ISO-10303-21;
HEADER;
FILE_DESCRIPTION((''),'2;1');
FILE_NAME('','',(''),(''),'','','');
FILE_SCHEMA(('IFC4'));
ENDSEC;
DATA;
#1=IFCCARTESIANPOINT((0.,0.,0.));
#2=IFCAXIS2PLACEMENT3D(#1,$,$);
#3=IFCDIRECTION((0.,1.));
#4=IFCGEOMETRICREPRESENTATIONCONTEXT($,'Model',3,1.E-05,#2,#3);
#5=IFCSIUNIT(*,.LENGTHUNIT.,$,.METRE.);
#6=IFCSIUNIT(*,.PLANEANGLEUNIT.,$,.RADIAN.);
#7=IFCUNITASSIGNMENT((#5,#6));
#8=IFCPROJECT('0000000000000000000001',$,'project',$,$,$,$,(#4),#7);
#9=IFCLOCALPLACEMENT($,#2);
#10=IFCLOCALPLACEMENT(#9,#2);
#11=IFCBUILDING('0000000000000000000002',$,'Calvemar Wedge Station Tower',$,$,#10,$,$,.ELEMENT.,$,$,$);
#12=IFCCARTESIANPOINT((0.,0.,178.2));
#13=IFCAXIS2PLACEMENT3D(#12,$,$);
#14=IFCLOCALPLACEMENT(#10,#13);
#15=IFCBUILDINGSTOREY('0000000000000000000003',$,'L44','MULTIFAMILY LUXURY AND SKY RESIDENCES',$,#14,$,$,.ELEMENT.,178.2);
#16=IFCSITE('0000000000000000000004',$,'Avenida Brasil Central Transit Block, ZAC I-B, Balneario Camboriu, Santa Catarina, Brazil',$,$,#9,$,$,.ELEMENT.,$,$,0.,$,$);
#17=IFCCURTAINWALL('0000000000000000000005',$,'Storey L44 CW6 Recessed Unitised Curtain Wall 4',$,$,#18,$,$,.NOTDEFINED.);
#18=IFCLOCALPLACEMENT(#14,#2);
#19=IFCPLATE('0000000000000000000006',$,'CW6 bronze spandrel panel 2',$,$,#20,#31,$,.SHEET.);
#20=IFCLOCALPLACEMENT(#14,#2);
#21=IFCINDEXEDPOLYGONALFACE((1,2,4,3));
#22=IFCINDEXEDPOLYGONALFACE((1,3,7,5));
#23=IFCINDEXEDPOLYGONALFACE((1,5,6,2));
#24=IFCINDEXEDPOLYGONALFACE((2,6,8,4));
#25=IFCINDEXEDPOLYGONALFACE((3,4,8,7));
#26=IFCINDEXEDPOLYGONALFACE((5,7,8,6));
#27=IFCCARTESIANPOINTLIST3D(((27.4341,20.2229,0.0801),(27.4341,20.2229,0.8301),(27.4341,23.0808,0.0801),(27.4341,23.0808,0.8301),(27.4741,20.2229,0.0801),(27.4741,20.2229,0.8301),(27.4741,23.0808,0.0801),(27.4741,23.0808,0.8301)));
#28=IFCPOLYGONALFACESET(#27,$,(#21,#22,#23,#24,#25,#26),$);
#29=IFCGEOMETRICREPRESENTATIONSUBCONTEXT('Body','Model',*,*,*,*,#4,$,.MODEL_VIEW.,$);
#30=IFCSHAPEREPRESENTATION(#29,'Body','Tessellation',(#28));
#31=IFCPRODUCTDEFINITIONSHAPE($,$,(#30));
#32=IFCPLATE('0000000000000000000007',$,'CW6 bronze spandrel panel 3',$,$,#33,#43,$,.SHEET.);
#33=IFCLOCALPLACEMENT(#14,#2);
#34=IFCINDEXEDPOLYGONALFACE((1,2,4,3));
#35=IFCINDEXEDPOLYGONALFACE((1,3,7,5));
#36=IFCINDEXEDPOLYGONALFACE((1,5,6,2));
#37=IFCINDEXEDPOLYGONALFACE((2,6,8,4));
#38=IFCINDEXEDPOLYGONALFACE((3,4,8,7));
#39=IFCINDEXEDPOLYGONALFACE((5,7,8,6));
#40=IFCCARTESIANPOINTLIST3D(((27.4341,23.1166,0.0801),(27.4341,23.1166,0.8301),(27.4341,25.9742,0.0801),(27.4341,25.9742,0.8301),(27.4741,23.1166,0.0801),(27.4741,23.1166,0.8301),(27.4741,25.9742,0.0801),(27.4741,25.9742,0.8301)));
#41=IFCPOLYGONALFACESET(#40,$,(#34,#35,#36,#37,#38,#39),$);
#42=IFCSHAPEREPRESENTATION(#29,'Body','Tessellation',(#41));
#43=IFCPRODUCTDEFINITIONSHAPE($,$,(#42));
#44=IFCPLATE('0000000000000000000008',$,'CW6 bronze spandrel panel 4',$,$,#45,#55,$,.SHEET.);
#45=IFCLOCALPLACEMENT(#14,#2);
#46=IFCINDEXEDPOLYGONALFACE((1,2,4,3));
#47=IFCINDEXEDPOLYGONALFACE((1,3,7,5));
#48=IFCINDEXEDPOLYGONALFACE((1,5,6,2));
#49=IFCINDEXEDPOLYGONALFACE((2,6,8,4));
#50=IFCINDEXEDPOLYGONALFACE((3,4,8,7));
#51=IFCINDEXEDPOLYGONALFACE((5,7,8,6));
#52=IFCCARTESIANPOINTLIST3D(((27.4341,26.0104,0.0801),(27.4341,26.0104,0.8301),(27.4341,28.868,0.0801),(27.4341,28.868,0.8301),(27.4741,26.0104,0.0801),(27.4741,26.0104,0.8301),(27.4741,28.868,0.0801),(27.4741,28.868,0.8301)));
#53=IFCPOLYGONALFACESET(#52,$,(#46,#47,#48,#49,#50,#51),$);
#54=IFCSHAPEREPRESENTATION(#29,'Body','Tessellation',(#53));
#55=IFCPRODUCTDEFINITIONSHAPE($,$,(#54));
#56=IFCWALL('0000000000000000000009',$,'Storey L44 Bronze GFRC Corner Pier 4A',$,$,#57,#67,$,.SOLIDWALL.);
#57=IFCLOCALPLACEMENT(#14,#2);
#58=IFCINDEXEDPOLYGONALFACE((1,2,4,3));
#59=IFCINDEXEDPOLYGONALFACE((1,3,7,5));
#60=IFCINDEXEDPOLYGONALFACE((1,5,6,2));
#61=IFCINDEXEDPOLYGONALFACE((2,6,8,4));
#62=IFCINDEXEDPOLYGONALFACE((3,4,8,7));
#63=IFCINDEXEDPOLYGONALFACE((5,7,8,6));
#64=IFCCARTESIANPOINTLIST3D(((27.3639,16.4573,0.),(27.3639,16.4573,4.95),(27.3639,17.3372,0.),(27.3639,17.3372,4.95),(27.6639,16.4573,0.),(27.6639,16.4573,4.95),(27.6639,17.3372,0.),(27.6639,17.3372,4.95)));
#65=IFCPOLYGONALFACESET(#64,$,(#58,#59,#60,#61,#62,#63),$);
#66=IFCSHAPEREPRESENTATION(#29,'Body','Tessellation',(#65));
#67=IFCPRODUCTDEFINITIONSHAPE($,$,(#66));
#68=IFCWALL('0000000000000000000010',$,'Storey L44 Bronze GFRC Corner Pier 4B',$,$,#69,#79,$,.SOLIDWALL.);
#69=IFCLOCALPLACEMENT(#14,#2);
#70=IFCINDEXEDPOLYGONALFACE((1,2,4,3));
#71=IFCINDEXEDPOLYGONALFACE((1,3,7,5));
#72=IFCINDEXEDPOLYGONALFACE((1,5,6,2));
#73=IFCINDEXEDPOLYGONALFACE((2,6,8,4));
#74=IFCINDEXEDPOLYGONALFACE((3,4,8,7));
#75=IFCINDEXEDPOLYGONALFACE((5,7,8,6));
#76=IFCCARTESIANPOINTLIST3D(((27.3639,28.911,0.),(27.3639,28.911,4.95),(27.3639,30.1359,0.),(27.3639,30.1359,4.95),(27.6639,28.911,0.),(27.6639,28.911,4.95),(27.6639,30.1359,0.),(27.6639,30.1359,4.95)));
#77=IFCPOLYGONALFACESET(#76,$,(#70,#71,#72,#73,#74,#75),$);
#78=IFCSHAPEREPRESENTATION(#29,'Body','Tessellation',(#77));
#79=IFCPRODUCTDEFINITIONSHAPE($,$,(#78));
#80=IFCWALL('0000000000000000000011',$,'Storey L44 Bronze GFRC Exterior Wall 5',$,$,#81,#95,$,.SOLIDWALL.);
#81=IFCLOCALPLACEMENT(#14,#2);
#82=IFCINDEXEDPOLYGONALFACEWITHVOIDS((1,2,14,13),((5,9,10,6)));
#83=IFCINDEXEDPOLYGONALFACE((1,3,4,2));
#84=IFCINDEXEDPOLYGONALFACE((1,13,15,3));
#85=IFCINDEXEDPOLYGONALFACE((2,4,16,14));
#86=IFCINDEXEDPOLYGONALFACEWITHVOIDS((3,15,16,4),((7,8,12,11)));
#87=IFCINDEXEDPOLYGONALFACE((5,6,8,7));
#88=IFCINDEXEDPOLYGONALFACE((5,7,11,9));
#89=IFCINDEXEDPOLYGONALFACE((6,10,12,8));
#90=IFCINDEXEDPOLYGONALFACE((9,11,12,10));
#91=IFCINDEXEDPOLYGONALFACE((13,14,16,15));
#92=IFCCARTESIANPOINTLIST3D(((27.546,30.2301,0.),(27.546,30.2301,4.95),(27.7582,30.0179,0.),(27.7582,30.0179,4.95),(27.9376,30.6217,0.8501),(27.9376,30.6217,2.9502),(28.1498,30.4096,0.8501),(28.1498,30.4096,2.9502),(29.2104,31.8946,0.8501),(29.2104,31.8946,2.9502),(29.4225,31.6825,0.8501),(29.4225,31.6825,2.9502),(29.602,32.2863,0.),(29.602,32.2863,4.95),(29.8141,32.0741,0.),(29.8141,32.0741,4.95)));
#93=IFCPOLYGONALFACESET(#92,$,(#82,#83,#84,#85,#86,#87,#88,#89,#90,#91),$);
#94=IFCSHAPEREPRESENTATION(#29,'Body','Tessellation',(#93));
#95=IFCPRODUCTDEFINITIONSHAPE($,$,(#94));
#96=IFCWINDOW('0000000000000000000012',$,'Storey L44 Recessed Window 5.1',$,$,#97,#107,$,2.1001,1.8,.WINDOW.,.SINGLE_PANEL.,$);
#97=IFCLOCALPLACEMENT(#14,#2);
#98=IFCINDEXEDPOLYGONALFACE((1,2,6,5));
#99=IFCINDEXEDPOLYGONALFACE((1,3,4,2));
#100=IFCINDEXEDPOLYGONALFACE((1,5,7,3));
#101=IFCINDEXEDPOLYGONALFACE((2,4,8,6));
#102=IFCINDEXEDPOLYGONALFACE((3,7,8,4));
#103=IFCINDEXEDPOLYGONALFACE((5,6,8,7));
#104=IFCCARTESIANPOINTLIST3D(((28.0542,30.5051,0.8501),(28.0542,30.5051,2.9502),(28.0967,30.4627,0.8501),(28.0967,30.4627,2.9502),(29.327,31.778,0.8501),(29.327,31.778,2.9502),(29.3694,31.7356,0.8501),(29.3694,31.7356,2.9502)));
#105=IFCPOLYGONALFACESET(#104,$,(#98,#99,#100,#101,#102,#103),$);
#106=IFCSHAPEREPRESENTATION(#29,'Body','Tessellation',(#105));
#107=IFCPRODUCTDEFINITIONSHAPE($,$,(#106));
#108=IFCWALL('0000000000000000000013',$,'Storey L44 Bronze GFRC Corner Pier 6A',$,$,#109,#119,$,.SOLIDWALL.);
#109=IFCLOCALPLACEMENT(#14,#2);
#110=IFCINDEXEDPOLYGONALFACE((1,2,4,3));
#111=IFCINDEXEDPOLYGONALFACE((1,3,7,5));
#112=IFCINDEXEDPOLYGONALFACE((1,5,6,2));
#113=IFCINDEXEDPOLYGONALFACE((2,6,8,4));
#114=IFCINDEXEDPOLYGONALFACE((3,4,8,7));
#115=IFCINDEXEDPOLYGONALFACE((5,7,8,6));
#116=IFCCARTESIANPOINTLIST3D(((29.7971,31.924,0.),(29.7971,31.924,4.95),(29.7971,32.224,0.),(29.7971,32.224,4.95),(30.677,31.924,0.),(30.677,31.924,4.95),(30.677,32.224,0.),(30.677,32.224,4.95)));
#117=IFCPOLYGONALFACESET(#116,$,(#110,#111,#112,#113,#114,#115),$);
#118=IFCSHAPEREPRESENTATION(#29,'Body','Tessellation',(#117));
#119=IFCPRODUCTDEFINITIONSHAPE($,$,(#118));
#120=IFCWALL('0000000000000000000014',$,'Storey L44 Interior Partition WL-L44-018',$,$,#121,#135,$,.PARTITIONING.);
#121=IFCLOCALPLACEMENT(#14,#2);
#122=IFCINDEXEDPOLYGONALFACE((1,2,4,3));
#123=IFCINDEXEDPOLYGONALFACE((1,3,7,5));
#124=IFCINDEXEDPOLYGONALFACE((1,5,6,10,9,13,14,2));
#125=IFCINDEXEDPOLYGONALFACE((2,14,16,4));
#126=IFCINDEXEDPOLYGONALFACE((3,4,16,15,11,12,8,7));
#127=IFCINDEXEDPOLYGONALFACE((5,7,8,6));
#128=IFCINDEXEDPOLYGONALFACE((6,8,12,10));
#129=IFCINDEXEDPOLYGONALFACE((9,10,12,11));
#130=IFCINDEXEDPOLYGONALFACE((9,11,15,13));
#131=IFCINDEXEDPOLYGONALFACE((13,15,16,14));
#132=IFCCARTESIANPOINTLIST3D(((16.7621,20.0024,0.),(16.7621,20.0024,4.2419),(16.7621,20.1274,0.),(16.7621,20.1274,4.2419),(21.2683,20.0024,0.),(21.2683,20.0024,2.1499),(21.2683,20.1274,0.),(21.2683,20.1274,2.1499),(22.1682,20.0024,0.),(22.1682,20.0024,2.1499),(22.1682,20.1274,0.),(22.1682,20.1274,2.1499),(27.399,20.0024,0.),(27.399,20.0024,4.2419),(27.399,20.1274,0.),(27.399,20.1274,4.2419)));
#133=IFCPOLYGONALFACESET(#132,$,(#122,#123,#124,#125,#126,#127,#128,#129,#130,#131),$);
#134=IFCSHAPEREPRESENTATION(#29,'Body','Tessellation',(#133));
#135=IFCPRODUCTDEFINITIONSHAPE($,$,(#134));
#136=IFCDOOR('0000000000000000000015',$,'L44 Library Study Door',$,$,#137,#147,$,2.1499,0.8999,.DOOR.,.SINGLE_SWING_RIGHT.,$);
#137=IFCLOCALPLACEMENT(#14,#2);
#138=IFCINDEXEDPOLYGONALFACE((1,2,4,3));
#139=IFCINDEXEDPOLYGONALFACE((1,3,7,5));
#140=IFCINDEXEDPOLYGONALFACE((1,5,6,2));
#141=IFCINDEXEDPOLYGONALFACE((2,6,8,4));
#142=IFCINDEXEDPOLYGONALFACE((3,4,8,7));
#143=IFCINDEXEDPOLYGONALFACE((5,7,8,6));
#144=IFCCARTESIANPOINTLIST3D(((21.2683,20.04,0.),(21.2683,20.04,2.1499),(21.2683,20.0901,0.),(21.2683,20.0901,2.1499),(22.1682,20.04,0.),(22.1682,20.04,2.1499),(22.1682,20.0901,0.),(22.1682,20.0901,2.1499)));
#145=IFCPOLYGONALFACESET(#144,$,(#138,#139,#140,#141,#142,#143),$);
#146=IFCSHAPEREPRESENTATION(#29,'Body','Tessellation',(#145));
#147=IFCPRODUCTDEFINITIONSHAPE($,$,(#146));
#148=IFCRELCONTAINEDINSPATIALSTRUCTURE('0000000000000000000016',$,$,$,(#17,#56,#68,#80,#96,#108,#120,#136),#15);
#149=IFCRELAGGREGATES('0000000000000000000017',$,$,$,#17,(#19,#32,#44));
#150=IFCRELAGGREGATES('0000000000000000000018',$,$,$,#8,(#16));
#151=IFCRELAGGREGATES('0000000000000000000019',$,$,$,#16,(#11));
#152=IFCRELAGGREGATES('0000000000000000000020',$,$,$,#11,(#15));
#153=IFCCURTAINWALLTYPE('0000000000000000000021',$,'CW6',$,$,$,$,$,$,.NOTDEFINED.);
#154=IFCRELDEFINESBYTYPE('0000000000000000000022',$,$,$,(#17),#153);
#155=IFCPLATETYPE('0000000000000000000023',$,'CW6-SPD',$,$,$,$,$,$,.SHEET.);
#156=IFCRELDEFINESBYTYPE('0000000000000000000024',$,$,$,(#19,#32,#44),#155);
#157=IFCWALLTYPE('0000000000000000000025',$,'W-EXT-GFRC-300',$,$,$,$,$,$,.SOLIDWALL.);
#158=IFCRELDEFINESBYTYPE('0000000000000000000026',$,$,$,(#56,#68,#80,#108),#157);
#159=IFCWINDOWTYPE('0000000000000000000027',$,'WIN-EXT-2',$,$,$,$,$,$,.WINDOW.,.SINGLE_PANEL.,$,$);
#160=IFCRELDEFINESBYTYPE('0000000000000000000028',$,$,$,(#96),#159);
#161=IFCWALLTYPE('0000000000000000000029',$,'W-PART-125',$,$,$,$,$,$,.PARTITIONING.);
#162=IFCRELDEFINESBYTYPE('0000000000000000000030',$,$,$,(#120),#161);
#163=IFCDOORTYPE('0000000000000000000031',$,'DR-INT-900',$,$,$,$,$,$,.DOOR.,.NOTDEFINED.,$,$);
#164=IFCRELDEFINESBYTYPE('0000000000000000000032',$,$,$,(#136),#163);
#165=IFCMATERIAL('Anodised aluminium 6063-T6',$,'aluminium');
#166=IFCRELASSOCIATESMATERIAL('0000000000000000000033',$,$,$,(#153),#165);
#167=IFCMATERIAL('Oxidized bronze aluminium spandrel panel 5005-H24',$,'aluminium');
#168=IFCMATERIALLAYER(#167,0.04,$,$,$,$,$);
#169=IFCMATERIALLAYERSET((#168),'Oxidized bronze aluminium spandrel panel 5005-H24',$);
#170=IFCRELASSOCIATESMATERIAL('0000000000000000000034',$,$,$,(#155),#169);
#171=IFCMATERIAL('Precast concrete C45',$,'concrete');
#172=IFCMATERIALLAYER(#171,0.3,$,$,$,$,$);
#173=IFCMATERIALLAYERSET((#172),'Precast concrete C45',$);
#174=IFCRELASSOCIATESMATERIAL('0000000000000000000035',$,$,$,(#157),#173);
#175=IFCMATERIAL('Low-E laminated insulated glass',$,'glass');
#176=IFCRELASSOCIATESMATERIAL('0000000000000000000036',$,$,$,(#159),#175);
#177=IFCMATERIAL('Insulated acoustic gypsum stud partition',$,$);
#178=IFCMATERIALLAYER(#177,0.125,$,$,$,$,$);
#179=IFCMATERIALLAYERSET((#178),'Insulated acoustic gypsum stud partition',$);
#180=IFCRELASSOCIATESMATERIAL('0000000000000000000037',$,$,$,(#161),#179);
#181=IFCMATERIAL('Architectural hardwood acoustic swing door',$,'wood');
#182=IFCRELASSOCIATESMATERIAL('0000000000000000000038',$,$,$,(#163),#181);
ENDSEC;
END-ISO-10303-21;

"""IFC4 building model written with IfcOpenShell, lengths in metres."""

from ifc_helpers import new_model, si_unit, direction, frame, frame_2d, origin, place, context, subcontext, project, spatial, rectangle, extrude, source, transform, mapped, material, layer, layer_set, type_object, element, fill, aggregate, save


model = new_model("IFC4")

# Units and contexts
model_context = context("Model", 3, precision=1e-05, world=origin(), true_north=direction((0.0, 1.0)))
body_context = subcontext(model_context, "Body", "Model", "MODEL_VIEW")
ifc_project = project(units=[si_unit("LENGTHUNIT", "METRE"), si_unit("PLANEANGLEUNIT", "RADIAN")], contexts=[model_context])

# Site, building, storey
site_placement = place(None, origin())
site = spatial("IfcSite", under=ifc_project, at=site_placement, Name="Avenida Brasil Central Transit Block, ZAC I-B, Balneario Camboriu, Santa Catarina, Brazil", CompositionType="ELEMENT", RefElevation=0.0)
building_placement = place(site_placement, origin())
building = spatial("IfcBuilding", under=site, at=building_placement, Name="Calvemar Wedge Station Tower", CompositionType="ELEMENT")
storey_placement = place(building_placement, frame((0.0, 0.0, 178.2)))
storey = spatial("IfcBuildingStorey", under=building, at=storey_placement, Name="L44", Description="MULTIFAMILY LUXURY AND SKY RESIDENCES", CompositionType="ELEMENT", Elevation=178.2)

# Curtain wall, plates
ifc_material_1 = material(Name="Anodised aluminium 6063-T6", Category="aluminium")
curtain_wall_type = type_object("IfcCurtainWallType", Name="CW6", PredefinedType="NOTDEFINED", material=ifc_material_1)
curtain_wall_placement = place(storey_placement, origin())
curtain_wall = element("IfcCurtainWall", 1, at=curtain_wall_placement, inside=storey, type_object=curtain_wall_type, Name="Storey L44 CW6 Recessed Unitised Curtain Wall 4", PredefinedType="NOTDEFINED")
ifc_material_2 = material(Name="Low-E laminated insulated glass", Category="glass")
ifc_material_3 = material(Name="Oxidized bronze aluminium spandrel panel 5005-H24", Category="aluminium")
ifc_layer_1 = layer(ifc_material_3, 0.04)
ifc_layer_set_1 = layer_set([ifc_layer_1], Name="Oxidized bronze aluminium spandrel panel 5005-H24")
plate_type_1 = type_object("IfcPlateType", Name="CW6-SPD", PredefinedType="SHEET", material=ifc_layer_set_1)
plate_1_placement = place(storey_placement, frame((27.4541, 20.2229, 0.0801), z_axis=(0.0, 0.0, 1.0), x_axis=(0.0, 1.0, 0.0)))
plate_1 = element("IfcPlate", 2, at=plate_1_placement, type_object=plate_type_1, Name="CW6 bronze spandrel panel 2", PredefinedType="SHEET", context=body_context, shape_type="SweptSolid", body=[
    extrude(rectangle(XDim=2.8579, YDim=0.04, at=frame_2d((1.429, 0.0))), origin(), (0.0, 0.0, 1.0), 0.75),
])
plate_2_placement = place(storey_placement, frame((27.4541, 23.1167, 0.0801), z_axis=(0.0, 0.0, 1.0), x_axis=(0.0, 1.0, 0.0)))
plate_2 = element("IfcPlate", 3, at=plate_2_placement, type_object=plate_type_1, Name="CW6 bronze spandrel panel 3", PredefinedType="SHEET", context=body_context, shape_type="SweptSolid", body=[
    extrude(rectangle(XDim=2.8577, YDim=0.04, at=frame_2d((1.4287, 0.0))), origin(), (0.0, 0.0, 1.0), 0.75),
])
plate_3_placement = place(storey_placement, frame((27.4541, 26.0105, 0.0801), z_axis=(0.0, 0.0, 1.0), x_axis=(0.0, 1.0, 0.0)))
plate_3 = element("IfcPlate", 4, at=plate_3_placement, type_object=plate_type_1, Name="CW6 bronze spandrel panel 4", PredefinedType="SHEET", context=body_context, shape_type="SweptSolid", body=[
    extrude(rectangle(XDim=2.8577, YDim=0.04, at=frame_2d((1.4287, 0.0))), origin(), (0.0, 0.0, 1.0), 0.75),
])
aggregate(curtain_wall, [plate_1, plate_2, plate_3])

# Walls
ifc_material_4 = material(Name="Precast concrete C45", Category="concrete")
ifc_layer_2 = layer(ifc_material_4, 0.3)
ifc_layer_set_2 = layer_set([ifc_layer_2], Name="Precast concrete C45")
wall_type_1 = type_object("IfcWallType", Name="W-EXT-GFRC-300", PredefinedType="SOLIDWALL", material=ifc_layer_set_2)
wall_1_placement = place(storey_placement, frame((27.5139, 16.4573, 0.0), z_axis=(0.0, 0.0, 1.0), x_axis=(0.0, 1.0, 0.0)))
element("IfcWall", 5, at=wall_1_placement, inside=storey, type_object=wall_type_1, Name="Storey L44 Bronze GFRC Corner Pier 4A", PredefinedType="SOLIDWALL", context=body_context, shape_type="SweptSolid", body=[
    extrude(rectangle(XDim=0.8799, YDim=0.3, at=frame_2d((0.4399, 0.0))), origin(), (0.0, 0.0, 1.0), 4.95),
])
wall_2_placement = place(storey_placement, frame((27.5139, 28.9111, 0.0), z_axis=(0.0, 0.0, 1.0), x_axis=(0.0, 1.0, 0.0)))
element("IfcWall", 6, at=wall_2_placement, inside=storey, type_object=wall_type_1, Name="Storey L44 Bronze GFRC Corner Pier 4B", PredefinedType="SOLIDWALL", context=body_context, shape_type="SweptSolid", body=[
    extrude(rectangle(XDim=1.2249, YDim=0.3, at=frame_2d((0.6123, 0.0))), origin(), (0.0, 0.0, 1.0), 4.95),
])

# Wall, opening, window
wall_3_placement = place(storey_placement, frame((27.6521, 30.124, 0.0), z_axis=(0.0, 0.0, 1.0), x_axis=(0.707065, 0.707149, 0.0)))
wall_3 = element("IfcWall", 7, at=wall_3_placement, inside=storey, type_object=wall_type_1, Name="Storey L44 Bronze GFRC Exterior Wall 5", PredefinedType="SOLIDWALL", context=body_context, shape_type="SweptSolid", body=[
    extrude(rectangle(XDim=2.9077, YDim=0.3, at=frame_2d((1.4539, 0.0))), origin(), (0.0, 0.0, 1.0), 4.95),
])
shared_shape_1 = source(origin(), body_context, "Body", "SweptSolid", [
    extrude(rectangle(XDim=1.8, YDim=2.1001, at=frame_2d((0.8999, 1.05))), frame((0.0, 0.1602, 0.0), z_axis=(0.0, -1.0, 0.0), x_axis=(1.0, 0.0, 0.0)), (0.0, 0.0, 1.0), 0.3201),
])
opening_1_placement = place(wall_3_placement, frame((0.554, 0.0, 0.8501)))
opening_1 = element("IfcOpeningElement", 8, at=opening_1_placement, cuts=wall_3, PredefinedType="OPENING", context=body_context, shape_type="MappedRepresentation", body=[
    mapped(shared_shape_1, transform((0.0, 0.0, 0.0), scale=1.0)),
])
window_type = type_object("IfcWindowType", Name="WIN-EXT-2", PartitioningType="SINGLE_PANEL", PredefinedType="WINDOW", material=ifc_material_2)
shared_shape_2 = source(origin(), body_context, "Body", "SweptSolid", [
    extrude(rectangle(XDim=1.8, YDim=2.1001, at=frame_2d((0.8999, 1.05))), frame((0.0, -0.0149, 0.0), z_axis=(0.0, -1.0, 0.0), x_axis=(1.0, 0.0, 0.0)), (0.0, 0.0, 1.0), 0.0601),
])
window_placement = place(opening_1_placement, origin())
window = element("IfcWindow", 9, at=window_placement, inside=storey, type_object=window_type, Name="Storey L44 Recessed Window 5.1", OverallHeight=2.1001, OverallWidth=1.8, PartitioningType="SINGLE_PANEL", PredefinedType="WINDOW", context=body_context, shape_type="MappedRepresentation", body=[
    mapped(shared_shape_2, transform((0.0, 0.0, 0.0), scale=1.0)),
])
fill(opening_1, window)

# Wall
wall_4_placement = place(storey_placement, frame((29.7971, 32.074, 0.0), z_axis=(0.0, 0.0, 1.0), x_axis=(1.0, 0.0, 0.0)))
element("IfcWall", 10, at=wall_4_placement, inside=storey, type_object=wall_type_1, Name="Storey L44 Bronze GFRC Corner Pier 6A", PredefinedType="SOLIDWALL", context=body_context, shape_type="SweptSolid", body=[
    extrude(rectangle(XDim=0.8799, YDim=0.3, at=frame_2d((0.4399, 0.0))), origin(), (0.0, 0.0, 1.0), 4.95),
])

# Wall, opening, door
ifc_material_5 = material(Name="Insulated acoustic gypsum stud partition")
ifc_layer_3 = layer(ifc_material_5, 0.125)
ifc_layer_set_3 = layer_set([ifc_layer_3], Name="Insulated acoustic gypsum stud partition")
wall_type_2 = type_object("IfcWallType", Name="W-PART-125", PredefinedType="PARTITIONING", material=ifc_layer_set_3)
wall_5_placement = place(storey_placement, frame((27.3989, 20.0649, 0.0), z_axis=(0.0, 0.0, 1.0), x_axis=(-1.0, 0.0, 0.0)))
wall_5 = element("IfcWall", 11, at=wall_5_placement, inside=storey, type_object=wall_type_2, Name="Storey L44 Interior Partition WL-L44-018", PredefinedType="PARTITIONING", context=body_context, shape_type="SweptSolid", body=[
    extrude(rectangle(XDim=10.637, YDim=0.125, at=frame_2d((5.3184, 0.0))), origin(), (0.0, 0.0, 1.0), 4.2419),
])
shared_shape_3 = source(origin(), body_context, "Body", "SweptSolid", [
    extrude(rectangle(XDim=0.8999, YDim=2.1499, at=frame_2d((0.45, 1.075))), frame((0.0, 0.0725, 0.0), z_axis=(0.0, -1.0, 0.0), x_axis=(1.0, 0.0, 0.0)), (0.0, 0.0, 1.0), 0.145),
])
opening_2_placement = place(wall_5_placement, frame((5.2307, 0.0, 0.0)))
opening_2 = element("IfcOpeningElement", 12, at=opening_2_placement, cuts=wall_5, PredefinedType="OPENING", context=body_context, shape_type="MappedRepresentation", body=[
    mapped(shared_shape_3, transform((0.0, 0.0, 0.0), scale=1.0)),
])
ifc_material_6 = material(Name="Architectural hardwood acoustic swing door", Category="wood")
door_type = type_object("IfcDoorType", Name="DR-INT-900", OperationType="NOTDEFINED", PredefinedType="DOOR", material=ifc_material_6)
shared_shape_4 = source(origin(), body_context, "Body", "SweptSolid", [
    extrude(rectangle(XDim=0.8999, YDim=2.1499, at=frame_2d((0.45, 1.075))), frame((0.0, 0.0249, 0.0), z_axis=(0.0, -1.0, 0.0), x_axis=(1.0, 0.0, 0.0)), (0.0, 0.0, 1.0), 0.05),
])
door_placement = place(opening_2_placement, origin())
door = element("IfcDoor", 13, at=door_placement, inside=storey, type_object=door_type, Name="L44 Library Study Door", OperationType="SINGLE_SWING_RIGHT", OverallHeight=2.1499, OverallWidth=0.8999, PredefinedType="DOOR", context=body_context, shape_type="MappedRepresentation", body=[
    mapped(shared_shape_4, transform((0.0, 0.0, 0.0), scale=1.0)),
])
fill(opening_2, door)

save(model, "model.ifc")
